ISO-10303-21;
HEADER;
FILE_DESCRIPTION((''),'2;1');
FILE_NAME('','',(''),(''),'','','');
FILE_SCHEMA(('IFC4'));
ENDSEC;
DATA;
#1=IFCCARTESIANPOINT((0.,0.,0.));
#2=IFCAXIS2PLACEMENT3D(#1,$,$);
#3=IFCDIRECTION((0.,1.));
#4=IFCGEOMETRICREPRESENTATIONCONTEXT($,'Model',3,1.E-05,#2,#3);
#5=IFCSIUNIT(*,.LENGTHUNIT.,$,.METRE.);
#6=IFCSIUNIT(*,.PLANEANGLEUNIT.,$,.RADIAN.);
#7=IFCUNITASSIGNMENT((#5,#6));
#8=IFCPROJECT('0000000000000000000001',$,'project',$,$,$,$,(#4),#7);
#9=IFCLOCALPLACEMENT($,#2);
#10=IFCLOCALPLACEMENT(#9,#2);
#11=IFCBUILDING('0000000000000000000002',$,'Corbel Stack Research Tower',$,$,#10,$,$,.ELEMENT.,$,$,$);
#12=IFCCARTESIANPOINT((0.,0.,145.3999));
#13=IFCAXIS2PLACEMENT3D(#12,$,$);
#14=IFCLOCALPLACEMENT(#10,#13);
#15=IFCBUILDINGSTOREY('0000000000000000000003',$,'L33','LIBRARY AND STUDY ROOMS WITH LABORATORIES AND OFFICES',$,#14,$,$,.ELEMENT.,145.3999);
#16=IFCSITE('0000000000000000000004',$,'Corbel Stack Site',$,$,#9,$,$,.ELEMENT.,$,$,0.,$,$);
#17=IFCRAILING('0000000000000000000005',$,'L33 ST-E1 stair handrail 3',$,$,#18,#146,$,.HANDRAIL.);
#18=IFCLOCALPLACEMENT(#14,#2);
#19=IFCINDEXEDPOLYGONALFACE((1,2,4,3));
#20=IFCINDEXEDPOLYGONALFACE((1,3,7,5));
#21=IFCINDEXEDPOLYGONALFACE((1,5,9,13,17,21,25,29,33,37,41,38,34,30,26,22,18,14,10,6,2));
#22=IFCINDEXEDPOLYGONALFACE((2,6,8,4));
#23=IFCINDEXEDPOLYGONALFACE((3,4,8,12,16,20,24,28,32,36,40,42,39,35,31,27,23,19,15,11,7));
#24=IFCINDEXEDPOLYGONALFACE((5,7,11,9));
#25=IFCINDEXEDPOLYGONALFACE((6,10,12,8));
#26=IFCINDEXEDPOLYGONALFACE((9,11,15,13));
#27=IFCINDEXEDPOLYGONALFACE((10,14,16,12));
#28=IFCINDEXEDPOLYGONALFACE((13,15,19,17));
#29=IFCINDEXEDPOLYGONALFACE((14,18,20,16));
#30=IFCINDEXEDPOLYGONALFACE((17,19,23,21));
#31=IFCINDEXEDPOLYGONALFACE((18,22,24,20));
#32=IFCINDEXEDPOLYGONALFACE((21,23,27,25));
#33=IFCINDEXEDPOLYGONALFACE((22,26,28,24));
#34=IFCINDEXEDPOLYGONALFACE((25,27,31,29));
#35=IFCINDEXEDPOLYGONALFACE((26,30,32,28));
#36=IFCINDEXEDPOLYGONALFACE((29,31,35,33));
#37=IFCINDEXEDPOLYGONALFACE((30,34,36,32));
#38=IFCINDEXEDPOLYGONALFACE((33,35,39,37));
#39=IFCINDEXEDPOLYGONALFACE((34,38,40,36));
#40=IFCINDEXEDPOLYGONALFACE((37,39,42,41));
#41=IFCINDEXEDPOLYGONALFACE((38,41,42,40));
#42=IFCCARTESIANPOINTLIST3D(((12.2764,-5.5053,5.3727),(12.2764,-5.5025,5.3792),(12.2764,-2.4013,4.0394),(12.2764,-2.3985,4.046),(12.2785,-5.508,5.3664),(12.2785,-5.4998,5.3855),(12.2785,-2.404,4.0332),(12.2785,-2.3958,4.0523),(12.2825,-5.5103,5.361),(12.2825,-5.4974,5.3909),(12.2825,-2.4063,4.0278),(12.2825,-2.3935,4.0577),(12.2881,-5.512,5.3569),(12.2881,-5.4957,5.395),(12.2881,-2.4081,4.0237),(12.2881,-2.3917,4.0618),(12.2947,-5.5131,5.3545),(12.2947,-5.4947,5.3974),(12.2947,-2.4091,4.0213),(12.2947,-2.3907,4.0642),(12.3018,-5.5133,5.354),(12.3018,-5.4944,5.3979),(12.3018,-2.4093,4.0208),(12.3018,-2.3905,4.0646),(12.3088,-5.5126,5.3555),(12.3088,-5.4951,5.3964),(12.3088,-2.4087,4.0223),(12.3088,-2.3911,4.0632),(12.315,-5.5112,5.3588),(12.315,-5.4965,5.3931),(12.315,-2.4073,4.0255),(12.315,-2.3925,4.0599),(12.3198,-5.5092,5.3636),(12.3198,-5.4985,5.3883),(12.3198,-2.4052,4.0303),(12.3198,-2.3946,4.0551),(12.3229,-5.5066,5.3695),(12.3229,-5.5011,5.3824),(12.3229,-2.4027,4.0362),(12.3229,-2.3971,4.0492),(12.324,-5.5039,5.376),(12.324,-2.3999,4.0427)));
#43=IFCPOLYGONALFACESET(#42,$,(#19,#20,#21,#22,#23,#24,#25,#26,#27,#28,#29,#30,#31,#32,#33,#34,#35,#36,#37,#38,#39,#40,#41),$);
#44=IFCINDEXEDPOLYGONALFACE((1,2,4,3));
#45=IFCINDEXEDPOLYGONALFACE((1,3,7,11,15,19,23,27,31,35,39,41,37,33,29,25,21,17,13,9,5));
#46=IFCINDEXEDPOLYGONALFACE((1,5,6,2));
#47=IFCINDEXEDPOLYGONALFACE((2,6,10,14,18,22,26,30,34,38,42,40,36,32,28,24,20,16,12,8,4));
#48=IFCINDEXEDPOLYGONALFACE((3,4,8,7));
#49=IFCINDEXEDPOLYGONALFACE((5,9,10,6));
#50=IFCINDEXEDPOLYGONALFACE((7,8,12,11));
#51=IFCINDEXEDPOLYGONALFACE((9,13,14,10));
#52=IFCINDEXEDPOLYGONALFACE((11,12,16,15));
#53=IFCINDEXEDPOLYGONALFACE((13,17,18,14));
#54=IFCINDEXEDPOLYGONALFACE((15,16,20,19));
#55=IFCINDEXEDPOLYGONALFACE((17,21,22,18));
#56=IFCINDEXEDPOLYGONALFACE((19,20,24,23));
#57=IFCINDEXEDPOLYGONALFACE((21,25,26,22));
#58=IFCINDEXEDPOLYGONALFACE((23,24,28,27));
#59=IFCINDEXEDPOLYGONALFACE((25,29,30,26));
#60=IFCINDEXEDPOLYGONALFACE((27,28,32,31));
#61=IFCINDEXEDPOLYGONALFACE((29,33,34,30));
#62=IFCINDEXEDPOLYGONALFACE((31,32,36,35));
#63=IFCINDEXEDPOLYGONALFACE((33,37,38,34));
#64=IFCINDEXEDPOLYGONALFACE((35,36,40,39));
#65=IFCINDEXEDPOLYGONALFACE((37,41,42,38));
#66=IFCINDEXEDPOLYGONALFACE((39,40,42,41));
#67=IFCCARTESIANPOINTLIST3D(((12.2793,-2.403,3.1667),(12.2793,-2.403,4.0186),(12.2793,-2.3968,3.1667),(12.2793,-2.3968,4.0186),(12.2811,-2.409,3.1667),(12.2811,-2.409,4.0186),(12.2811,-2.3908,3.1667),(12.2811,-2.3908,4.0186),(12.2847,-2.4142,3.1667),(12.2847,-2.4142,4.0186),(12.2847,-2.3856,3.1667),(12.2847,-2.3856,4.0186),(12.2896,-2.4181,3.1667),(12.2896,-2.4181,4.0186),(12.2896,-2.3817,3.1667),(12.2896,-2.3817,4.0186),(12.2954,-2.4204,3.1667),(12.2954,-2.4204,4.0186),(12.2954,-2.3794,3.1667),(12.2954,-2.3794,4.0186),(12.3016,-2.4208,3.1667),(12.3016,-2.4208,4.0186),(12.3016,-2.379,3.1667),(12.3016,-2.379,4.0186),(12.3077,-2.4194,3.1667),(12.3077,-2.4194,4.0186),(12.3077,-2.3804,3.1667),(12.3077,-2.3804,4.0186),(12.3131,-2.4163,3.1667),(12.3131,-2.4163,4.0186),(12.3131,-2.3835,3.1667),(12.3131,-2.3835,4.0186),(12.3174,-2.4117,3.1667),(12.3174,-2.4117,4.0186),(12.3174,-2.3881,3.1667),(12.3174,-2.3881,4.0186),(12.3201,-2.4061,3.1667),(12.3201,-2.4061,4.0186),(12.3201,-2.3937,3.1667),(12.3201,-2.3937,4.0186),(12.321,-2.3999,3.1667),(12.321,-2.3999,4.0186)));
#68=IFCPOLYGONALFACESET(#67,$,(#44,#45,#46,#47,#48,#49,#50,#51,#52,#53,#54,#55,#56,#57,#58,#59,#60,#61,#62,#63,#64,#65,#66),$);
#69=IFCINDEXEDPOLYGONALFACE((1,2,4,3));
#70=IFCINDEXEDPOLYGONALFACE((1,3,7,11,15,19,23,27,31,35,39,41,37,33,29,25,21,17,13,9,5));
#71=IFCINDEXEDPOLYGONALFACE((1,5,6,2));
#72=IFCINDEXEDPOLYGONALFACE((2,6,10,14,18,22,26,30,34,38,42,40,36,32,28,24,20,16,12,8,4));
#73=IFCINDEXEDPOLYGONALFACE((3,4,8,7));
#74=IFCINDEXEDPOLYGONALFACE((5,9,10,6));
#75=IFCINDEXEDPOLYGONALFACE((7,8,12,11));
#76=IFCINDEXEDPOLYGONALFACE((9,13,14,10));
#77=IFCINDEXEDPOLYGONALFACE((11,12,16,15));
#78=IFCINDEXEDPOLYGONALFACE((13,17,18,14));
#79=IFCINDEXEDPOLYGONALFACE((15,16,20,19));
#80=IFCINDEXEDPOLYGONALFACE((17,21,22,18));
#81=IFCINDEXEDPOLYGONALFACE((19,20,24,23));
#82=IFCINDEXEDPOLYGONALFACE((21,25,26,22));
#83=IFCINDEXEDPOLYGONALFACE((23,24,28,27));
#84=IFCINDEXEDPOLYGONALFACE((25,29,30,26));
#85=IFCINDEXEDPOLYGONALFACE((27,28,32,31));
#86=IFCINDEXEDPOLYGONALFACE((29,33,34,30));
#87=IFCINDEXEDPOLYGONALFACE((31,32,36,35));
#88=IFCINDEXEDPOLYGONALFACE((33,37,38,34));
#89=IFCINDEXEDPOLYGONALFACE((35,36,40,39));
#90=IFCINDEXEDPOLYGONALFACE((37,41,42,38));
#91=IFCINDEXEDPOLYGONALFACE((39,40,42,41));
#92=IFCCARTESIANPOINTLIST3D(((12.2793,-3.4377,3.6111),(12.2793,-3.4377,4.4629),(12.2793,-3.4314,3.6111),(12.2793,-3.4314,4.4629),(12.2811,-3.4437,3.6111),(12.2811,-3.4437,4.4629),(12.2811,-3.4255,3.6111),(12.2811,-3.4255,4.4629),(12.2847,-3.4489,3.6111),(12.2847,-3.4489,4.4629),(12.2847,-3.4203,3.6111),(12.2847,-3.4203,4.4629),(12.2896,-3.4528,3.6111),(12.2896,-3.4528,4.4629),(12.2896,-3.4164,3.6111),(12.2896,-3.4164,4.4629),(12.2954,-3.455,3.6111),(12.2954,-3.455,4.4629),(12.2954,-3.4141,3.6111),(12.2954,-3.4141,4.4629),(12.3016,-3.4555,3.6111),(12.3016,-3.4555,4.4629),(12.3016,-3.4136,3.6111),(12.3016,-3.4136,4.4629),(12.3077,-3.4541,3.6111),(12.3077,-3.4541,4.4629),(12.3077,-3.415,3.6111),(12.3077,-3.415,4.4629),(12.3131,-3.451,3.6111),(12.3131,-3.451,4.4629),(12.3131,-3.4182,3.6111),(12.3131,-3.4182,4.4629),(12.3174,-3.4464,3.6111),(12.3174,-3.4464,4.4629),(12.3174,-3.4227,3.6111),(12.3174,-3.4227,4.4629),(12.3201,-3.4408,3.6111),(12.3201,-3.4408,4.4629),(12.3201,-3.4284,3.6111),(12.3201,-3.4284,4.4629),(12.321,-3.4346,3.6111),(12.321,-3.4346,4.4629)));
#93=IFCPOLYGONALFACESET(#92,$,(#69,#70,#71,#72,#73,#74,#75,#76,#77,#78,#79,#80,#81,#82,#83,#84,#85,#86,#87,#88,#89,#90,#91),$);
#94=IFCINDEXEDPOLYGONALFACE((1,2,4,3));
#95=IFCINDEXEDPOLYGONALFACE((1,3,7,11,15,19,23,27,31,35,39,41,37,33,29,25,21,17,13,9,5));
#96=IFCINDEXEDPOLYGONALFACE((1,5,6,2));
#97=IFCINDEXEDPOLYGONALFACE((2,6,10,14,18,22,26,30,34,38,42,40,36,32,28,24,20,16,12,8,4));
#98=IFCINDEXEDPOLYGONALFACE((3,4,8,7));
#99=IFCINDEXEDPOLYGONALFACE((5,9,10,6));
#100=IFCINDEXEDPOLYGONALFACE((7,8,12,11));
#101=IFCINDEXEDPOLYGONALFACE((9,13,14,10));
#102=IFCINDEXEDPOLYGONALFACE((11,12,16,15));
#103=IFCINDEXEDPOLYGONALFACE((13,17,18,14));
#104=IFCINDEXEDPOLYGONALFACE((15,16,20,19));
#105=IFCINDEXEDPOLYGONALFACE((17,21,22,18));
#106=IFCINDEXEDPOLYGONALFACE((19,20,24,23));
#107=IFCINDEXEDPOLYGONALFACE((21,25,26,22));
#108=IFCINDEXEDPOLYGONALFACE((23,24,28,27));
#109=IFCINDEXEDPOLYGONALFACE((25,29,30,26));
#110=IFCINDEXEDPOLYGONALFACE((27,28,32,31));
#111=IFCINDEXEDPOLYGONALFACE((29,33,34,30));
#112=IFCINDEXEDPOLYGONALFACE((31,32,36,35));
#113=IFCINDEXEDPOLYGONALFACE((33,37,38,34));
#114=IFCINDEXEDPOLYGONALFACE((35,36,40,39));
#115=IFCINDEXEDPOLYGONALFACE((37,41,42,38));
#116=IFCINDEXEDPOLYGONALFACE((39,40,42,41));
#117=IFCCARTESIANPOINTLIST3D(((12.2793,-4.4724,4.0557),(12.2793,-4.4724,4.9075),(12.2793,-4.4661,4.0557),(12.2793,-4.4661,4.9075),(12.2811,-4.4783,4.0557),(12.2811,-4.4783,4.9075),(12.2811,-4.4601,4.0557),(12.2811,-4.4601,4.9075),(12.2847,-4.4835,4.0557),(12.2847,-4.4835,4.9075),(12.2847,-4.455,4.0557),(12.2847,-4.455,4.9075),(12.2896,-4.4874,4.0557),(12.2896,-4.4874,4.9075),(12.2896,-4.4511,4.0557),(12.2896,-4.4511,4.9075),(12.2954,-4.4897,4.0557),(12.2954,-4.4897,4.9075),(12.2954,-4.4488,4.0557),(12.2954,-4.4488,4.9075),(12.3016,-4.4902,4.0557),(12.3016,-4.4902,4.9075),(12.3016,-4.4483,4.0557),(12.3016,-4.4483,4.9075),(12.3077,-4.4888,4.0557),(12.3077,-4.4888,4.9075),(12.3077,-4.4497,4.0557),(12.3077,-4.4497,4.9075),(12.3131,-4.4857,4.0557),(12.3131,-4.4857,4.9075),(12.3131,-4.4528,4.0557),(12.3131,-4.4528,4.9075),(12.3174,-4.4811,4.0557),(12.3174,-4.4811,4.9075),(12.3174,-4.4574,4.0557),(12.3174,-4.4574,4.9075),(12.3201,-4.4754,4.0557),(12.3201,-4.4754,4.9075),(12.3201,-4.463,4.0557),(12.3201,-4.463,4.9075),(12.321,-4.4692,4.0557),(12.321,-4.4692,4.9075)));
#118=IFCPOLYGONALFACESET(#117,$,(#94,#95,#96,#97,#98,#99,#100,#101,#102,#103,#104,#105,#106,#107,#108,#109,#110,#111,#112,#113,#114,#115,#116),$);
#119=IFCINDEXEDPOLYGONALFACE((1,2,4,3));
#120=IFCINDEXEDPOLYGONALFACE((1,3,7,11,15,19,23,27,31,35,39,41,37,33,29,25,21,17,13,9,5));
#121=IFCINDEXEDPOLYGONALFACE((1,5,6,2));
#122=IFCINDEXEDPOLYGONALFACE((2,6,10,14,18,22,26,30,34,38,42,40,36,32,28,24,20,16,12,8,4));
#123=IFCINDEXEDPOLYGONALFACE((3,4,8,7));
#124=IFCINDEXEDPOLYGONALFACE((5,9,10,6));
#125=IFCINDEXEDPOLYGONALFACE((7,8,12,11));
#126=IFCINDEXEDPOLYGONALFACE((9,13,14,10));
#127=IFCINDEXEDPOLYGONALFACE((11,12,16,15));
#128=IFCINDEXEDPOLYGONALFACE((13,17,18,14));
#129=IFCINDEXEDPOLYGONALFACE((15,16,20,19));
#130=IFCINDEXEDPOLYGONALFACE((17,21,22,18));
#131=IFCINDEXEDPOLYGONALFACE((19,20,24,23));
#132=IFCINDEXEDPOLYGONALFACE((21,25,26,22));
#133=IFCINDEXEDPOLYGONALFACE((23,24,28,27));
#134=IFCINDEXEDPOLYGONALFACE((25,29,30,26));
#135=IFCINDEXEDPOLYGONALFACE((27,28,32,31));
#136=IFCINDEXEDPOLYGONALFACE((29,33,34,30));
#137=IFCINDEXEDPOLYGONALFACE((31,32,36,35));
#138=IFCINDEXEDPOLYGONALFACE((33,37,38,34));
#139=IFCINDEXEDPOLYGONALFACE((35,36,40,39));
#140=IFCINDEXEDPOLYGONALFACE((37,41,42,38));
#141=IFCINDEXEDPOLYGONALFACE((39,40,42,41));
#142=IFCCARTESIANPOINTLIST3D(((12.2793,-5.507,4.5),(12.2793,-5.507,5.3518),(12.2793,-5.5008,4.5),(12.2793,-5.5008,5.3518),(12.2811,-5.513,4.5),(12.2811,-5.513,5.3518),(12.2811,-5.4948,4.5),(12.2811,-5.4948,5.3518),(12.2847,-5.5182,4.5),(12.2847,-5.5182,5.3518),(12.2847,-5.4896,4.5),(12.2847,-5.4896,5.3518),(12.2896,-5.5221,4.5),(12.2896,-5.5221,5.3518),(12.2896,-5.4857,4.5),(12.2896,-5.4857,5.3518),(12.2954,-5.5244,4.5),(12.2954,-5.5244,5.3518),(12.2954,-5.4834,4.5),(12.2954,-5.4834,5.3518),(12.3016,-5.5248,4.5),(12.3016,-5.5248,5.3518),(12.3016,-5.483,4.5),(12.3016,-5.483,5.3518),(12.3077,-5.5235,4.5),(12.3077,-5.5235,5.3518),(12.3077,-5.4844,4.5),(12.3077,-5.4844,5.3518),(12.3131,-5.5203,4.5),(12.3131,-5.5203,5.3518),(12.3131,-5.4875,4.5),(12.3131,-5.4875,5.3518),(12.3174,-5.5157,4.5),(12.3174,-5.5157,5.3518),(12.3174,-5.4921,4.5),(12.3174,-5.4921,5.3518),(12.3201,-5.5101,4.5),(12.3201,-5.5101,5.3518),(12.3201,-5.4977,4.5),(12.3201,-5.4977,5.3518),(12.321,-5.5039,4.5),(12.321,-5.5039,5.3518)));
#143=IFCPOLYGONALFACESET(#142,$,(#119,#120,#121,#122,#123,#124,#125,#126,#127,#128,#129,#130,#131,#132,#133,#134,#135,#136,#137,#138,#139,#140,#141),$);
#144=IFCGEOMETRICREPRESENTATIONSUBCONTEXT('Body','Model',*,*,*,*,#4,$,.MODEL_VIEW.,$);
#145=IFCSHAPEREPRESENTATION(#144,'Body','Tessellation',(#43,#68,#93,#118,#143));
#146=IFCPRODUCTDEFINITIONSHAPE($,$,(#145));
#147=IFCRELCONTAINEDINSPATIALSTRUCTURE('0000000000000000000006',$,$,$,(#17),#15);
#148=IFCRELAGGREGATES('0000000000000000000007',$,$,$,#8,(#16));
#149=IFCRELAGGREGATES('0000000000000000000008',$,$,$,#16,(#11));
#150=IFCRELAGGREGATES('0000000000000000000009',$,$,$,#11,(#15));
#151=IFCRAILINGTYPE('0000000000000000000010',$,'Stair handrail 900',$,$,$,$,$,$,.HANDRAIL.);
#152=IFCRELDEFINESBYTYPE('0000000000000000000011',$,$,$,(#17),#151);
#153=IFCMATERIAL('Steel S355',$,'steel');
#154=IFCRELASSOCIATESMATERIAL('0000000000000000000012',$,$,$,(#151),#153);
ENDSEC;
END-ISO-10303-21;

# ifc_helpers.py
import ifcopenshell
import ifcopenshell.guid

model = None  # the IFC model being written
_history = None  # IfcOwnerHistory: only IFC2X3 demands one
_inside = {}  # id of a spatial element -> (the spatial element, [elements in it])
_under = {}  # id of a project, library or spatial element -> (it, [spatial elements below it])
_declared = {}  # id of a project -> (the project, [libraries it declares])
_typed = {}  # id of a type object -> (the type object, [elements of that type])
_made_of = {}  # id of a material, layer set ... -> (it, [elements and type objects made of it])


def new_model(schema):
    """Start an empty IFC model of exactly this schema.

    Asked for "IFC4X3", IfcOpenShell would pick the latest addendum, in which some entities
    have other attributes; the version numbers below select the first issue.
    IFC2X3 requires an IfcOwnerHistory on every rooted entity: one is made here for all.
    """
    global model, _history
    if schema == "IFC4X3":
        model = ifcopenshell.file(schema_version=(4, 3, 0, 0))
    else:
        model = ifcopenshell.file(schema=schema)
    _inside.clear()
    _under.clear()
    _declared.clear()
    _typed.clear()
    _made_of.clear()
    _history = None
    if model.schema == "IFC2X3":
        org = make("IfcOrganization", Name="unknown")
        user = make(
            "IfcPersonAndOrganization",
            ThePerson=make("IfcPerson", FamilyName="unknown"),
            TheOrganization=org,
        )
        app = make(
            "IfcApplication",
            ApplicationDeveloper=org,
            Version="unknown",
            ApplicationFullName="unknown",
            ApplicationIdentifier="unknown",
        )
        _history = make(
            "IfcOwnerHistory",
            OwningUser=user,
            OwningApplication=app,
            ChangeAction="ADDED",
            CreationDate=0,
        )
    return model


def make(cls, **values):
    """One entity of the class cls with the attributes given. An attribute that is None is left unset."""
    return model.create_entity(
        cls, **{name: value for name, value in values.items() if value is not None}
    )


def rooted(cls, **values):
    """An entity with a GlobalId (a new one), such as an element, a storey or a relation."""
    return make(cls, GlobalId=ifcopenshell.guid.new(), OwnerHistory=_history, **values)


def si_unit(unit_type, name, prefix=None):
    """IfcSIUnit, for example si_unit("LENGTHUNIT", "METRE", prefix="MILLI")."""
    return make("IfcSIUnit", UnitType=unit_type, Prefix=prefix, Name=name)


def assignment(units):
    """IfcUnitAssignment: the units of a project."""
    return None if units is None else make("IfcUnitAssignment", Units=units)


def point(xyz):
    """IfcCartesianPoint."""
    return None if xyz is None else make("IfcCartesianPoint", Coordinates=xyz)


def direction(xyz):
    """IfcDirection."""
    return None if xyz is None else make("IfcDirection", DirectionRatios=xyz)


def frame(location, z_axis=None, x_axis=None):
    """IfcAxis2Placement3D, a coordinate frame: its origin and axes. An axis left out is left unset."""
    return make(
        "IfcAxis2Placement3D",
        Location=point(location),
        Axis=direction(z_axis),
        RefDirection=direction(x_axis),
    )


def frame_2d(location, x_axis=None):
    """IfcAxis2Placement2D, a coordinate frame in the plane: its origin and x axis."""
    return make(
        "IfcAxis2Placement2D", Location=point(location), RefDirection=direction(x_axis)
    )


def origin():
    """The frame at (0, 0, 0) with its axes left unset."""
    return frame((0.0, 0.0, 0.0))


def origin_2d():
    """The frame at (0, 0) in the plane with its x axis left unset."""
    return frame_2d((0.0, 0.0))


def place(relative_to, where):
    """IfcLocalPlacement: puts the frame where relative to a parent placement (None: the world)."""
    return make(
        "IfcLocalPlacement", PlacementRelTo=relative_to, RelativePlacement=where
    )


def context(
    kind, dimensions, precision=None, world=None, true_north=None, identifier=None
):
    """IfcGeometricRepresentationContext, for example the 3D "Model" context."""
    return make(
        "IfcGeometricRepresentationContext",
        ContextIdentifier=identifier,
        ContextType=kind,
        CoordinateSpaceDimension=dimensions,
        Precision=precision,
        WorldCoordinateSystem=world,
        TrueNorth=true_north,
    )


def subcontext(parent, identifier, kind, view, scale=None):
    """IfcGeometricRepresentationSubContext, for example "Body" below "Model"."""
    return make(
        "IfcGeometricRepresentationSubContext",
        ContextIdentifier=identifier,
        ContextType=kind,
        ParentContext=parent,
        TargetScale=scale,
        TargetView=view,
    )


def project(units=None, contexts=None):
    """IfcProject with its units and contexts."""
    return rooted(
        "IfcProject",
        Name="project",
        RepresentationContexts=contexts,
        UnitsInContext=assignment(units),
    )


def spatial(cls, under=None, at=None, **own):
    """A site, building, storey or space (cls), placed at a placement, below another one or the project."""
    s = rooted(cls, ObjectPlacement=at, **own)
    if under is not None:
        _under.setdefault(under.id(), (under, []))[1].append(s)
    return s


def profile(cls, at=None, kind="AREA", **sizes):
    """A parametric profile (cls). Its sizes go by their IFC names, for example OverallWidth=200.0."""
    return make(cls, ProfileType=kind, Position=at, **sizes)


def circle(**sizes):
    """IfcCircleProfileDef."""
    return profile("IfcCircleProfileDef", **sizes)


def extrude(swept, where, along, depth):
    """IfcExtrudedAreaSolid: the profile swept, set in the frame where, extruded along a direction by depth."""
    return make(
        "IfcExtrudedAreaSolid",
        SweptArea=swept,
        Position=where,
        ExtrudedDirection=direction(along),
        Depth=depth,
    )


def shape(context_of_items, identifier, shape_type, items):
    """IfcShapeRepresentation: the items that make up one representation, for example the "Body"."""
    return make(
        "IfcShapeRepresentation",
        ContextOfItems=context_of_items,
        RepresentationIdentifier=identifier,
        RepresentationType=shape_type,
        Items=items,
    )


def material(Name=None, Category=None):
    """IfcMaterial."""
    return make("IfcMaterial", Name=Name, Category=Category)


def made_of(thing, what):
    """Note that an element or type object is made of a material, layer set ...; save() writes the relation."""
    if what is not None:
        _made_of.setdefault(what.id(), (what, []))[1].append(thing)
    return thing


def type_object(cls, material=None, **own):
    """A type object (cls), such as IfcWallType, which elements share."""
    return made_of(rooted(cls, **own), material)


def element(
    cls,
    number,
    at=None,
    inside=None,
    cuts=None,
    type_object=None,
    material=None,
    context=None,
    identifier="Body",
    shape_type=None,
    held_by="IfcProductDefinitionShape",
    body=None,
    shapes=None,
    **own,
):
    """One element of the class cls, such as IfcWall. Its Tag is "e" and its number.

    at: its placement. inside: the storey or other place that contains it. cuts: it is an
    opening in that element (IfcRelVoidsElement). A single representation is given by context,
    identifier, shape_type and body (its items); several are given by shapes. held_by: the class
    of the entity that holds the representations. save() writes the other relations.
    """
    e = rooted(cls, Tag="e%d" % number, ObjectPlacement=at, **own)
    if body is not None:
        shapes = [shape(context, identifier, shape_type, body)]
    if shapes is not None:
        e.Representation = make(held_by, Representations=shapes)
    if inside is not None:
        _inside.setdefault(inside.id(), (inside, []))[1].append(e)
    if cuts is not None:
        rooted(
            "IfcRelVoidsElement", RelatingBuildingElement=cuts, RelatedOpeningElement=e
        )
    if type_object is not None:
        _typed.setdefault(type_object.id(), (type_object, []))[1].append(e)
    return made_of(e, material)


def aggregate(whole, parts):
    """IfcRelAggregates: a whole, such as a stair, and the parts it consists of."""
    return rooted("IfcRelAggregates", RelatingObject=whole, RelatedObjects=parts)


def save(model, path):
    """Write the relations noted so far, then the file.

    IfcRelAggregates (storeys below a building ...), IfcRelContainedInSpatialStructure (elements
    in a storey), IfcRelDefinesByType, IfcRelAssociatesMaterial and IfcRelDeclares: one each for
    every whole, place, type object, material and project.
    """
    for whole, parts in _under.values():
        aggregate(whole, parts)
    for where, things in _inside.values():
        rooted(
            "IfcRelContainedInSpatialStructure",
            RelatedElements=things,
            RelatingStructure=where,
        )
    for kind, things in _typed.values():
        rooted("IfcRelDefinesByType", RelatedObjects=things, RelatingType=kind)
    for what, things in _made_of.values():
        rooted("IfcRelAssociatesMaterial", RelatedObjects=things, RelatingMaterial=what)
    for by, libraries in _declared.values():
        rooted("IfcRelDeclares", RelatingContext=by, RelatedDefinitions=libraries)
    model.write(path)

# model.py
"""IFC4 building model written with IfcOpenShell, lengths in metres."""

from ifc_helpers import new_model, si_unit, direction, frame, origin, origin_2d, place, context, subcontext, project, spatial, circle, extrude, material, type_object, element, save


model = new_model("IFC4")

# Units and contexts
model_context = context("Model", 3, precision=1e-05, world=origin(), true_north=direction((0.0, 1.0)))
body_context = subcontext(model_context, "Body", "Model", "MODEL_VIEW")
ifc_project = project(units=[si_unit("LENGTHUNIT", "METRE"), si_unit("PLANEANGLEUNIT", "RADIAN")], contexts=[model_context])

# Site, building, storey
site_placement = place(None, origin())
site = spatial("IfcSite", under=ifc_project, at=site_placement, Name="Corbel Stack Site", CompositionType="ELEMENT", RefElevation=0.0)
building_placement = place(site_placement, origin())
building = spatial("IfcBuilding", under=site, at=building_placement, Name="Corbel Stack Research Tower", CompositionType="ELEMENT")
storey_placement = place(building_placement, frame((0.0, 0.0, 145.3999)))
storey = spatial("IfcBuildingStorey", under=building, at=storey_placement, Name="L33", Description="LIBRARY AND STUDY ROOMS WITH LABORATORIES AND OFFICES", CompositionType="ELEMENT", Elevation=145.3999)

# Railing
ifc_material_1 = material(Name="Steel S355", Category="steel")
railing_type_1 = type_object("IfcRailingType", Name="Stair handrail 900", PredefinedType="HANDRAIL", material=ifc_material_1)
for number, where, name in (
    (1, (12.3, -2.3999, 3.1667), "L33 ST-E1 stair handrail 3"),
):
    element("IfcRailing", number, at=place(storey_placement, frame(where)), inside=storey, type_object=railing_type_1, Name=name, PredefinedType="HANDRAIL", context=body_context, shape_type="SweptSolid", body=[
        extrude(circle(Radius=0.0239, at=origin_2d()), frame((0.0, 0.0, 0.876), z_axis=(0.0, -0.918827, 0.394661), x_axis=(1.0, 0.0, 0.0)), (0.0, 0.0, 1.0), 3.3782),
        extrude(circle(Radius=0.021, at=origin_2d()), origin(), (0.0, 0.0, 1.0), 0.8518),
        extrude(circle(Radius=0.021, at=origin_2d()), frame((0.0, -1.0347, 0.4443)), (0.0, 0.0, 1.0), 0.8518),
        extrude(circle(Radius=0.021, at=origin_2d()), frame((0.0, -2.0693, 0.8889)), (0.0, 0.0, 1.0), 0.8518),
        extrude(circle(Radius=0.021, at=origin_2d()), frame((0.0, -3.104, 1.3333)), (0.0, 0.0, 1.0), 0.8518),
    ])

save(model, "model.ifc")
